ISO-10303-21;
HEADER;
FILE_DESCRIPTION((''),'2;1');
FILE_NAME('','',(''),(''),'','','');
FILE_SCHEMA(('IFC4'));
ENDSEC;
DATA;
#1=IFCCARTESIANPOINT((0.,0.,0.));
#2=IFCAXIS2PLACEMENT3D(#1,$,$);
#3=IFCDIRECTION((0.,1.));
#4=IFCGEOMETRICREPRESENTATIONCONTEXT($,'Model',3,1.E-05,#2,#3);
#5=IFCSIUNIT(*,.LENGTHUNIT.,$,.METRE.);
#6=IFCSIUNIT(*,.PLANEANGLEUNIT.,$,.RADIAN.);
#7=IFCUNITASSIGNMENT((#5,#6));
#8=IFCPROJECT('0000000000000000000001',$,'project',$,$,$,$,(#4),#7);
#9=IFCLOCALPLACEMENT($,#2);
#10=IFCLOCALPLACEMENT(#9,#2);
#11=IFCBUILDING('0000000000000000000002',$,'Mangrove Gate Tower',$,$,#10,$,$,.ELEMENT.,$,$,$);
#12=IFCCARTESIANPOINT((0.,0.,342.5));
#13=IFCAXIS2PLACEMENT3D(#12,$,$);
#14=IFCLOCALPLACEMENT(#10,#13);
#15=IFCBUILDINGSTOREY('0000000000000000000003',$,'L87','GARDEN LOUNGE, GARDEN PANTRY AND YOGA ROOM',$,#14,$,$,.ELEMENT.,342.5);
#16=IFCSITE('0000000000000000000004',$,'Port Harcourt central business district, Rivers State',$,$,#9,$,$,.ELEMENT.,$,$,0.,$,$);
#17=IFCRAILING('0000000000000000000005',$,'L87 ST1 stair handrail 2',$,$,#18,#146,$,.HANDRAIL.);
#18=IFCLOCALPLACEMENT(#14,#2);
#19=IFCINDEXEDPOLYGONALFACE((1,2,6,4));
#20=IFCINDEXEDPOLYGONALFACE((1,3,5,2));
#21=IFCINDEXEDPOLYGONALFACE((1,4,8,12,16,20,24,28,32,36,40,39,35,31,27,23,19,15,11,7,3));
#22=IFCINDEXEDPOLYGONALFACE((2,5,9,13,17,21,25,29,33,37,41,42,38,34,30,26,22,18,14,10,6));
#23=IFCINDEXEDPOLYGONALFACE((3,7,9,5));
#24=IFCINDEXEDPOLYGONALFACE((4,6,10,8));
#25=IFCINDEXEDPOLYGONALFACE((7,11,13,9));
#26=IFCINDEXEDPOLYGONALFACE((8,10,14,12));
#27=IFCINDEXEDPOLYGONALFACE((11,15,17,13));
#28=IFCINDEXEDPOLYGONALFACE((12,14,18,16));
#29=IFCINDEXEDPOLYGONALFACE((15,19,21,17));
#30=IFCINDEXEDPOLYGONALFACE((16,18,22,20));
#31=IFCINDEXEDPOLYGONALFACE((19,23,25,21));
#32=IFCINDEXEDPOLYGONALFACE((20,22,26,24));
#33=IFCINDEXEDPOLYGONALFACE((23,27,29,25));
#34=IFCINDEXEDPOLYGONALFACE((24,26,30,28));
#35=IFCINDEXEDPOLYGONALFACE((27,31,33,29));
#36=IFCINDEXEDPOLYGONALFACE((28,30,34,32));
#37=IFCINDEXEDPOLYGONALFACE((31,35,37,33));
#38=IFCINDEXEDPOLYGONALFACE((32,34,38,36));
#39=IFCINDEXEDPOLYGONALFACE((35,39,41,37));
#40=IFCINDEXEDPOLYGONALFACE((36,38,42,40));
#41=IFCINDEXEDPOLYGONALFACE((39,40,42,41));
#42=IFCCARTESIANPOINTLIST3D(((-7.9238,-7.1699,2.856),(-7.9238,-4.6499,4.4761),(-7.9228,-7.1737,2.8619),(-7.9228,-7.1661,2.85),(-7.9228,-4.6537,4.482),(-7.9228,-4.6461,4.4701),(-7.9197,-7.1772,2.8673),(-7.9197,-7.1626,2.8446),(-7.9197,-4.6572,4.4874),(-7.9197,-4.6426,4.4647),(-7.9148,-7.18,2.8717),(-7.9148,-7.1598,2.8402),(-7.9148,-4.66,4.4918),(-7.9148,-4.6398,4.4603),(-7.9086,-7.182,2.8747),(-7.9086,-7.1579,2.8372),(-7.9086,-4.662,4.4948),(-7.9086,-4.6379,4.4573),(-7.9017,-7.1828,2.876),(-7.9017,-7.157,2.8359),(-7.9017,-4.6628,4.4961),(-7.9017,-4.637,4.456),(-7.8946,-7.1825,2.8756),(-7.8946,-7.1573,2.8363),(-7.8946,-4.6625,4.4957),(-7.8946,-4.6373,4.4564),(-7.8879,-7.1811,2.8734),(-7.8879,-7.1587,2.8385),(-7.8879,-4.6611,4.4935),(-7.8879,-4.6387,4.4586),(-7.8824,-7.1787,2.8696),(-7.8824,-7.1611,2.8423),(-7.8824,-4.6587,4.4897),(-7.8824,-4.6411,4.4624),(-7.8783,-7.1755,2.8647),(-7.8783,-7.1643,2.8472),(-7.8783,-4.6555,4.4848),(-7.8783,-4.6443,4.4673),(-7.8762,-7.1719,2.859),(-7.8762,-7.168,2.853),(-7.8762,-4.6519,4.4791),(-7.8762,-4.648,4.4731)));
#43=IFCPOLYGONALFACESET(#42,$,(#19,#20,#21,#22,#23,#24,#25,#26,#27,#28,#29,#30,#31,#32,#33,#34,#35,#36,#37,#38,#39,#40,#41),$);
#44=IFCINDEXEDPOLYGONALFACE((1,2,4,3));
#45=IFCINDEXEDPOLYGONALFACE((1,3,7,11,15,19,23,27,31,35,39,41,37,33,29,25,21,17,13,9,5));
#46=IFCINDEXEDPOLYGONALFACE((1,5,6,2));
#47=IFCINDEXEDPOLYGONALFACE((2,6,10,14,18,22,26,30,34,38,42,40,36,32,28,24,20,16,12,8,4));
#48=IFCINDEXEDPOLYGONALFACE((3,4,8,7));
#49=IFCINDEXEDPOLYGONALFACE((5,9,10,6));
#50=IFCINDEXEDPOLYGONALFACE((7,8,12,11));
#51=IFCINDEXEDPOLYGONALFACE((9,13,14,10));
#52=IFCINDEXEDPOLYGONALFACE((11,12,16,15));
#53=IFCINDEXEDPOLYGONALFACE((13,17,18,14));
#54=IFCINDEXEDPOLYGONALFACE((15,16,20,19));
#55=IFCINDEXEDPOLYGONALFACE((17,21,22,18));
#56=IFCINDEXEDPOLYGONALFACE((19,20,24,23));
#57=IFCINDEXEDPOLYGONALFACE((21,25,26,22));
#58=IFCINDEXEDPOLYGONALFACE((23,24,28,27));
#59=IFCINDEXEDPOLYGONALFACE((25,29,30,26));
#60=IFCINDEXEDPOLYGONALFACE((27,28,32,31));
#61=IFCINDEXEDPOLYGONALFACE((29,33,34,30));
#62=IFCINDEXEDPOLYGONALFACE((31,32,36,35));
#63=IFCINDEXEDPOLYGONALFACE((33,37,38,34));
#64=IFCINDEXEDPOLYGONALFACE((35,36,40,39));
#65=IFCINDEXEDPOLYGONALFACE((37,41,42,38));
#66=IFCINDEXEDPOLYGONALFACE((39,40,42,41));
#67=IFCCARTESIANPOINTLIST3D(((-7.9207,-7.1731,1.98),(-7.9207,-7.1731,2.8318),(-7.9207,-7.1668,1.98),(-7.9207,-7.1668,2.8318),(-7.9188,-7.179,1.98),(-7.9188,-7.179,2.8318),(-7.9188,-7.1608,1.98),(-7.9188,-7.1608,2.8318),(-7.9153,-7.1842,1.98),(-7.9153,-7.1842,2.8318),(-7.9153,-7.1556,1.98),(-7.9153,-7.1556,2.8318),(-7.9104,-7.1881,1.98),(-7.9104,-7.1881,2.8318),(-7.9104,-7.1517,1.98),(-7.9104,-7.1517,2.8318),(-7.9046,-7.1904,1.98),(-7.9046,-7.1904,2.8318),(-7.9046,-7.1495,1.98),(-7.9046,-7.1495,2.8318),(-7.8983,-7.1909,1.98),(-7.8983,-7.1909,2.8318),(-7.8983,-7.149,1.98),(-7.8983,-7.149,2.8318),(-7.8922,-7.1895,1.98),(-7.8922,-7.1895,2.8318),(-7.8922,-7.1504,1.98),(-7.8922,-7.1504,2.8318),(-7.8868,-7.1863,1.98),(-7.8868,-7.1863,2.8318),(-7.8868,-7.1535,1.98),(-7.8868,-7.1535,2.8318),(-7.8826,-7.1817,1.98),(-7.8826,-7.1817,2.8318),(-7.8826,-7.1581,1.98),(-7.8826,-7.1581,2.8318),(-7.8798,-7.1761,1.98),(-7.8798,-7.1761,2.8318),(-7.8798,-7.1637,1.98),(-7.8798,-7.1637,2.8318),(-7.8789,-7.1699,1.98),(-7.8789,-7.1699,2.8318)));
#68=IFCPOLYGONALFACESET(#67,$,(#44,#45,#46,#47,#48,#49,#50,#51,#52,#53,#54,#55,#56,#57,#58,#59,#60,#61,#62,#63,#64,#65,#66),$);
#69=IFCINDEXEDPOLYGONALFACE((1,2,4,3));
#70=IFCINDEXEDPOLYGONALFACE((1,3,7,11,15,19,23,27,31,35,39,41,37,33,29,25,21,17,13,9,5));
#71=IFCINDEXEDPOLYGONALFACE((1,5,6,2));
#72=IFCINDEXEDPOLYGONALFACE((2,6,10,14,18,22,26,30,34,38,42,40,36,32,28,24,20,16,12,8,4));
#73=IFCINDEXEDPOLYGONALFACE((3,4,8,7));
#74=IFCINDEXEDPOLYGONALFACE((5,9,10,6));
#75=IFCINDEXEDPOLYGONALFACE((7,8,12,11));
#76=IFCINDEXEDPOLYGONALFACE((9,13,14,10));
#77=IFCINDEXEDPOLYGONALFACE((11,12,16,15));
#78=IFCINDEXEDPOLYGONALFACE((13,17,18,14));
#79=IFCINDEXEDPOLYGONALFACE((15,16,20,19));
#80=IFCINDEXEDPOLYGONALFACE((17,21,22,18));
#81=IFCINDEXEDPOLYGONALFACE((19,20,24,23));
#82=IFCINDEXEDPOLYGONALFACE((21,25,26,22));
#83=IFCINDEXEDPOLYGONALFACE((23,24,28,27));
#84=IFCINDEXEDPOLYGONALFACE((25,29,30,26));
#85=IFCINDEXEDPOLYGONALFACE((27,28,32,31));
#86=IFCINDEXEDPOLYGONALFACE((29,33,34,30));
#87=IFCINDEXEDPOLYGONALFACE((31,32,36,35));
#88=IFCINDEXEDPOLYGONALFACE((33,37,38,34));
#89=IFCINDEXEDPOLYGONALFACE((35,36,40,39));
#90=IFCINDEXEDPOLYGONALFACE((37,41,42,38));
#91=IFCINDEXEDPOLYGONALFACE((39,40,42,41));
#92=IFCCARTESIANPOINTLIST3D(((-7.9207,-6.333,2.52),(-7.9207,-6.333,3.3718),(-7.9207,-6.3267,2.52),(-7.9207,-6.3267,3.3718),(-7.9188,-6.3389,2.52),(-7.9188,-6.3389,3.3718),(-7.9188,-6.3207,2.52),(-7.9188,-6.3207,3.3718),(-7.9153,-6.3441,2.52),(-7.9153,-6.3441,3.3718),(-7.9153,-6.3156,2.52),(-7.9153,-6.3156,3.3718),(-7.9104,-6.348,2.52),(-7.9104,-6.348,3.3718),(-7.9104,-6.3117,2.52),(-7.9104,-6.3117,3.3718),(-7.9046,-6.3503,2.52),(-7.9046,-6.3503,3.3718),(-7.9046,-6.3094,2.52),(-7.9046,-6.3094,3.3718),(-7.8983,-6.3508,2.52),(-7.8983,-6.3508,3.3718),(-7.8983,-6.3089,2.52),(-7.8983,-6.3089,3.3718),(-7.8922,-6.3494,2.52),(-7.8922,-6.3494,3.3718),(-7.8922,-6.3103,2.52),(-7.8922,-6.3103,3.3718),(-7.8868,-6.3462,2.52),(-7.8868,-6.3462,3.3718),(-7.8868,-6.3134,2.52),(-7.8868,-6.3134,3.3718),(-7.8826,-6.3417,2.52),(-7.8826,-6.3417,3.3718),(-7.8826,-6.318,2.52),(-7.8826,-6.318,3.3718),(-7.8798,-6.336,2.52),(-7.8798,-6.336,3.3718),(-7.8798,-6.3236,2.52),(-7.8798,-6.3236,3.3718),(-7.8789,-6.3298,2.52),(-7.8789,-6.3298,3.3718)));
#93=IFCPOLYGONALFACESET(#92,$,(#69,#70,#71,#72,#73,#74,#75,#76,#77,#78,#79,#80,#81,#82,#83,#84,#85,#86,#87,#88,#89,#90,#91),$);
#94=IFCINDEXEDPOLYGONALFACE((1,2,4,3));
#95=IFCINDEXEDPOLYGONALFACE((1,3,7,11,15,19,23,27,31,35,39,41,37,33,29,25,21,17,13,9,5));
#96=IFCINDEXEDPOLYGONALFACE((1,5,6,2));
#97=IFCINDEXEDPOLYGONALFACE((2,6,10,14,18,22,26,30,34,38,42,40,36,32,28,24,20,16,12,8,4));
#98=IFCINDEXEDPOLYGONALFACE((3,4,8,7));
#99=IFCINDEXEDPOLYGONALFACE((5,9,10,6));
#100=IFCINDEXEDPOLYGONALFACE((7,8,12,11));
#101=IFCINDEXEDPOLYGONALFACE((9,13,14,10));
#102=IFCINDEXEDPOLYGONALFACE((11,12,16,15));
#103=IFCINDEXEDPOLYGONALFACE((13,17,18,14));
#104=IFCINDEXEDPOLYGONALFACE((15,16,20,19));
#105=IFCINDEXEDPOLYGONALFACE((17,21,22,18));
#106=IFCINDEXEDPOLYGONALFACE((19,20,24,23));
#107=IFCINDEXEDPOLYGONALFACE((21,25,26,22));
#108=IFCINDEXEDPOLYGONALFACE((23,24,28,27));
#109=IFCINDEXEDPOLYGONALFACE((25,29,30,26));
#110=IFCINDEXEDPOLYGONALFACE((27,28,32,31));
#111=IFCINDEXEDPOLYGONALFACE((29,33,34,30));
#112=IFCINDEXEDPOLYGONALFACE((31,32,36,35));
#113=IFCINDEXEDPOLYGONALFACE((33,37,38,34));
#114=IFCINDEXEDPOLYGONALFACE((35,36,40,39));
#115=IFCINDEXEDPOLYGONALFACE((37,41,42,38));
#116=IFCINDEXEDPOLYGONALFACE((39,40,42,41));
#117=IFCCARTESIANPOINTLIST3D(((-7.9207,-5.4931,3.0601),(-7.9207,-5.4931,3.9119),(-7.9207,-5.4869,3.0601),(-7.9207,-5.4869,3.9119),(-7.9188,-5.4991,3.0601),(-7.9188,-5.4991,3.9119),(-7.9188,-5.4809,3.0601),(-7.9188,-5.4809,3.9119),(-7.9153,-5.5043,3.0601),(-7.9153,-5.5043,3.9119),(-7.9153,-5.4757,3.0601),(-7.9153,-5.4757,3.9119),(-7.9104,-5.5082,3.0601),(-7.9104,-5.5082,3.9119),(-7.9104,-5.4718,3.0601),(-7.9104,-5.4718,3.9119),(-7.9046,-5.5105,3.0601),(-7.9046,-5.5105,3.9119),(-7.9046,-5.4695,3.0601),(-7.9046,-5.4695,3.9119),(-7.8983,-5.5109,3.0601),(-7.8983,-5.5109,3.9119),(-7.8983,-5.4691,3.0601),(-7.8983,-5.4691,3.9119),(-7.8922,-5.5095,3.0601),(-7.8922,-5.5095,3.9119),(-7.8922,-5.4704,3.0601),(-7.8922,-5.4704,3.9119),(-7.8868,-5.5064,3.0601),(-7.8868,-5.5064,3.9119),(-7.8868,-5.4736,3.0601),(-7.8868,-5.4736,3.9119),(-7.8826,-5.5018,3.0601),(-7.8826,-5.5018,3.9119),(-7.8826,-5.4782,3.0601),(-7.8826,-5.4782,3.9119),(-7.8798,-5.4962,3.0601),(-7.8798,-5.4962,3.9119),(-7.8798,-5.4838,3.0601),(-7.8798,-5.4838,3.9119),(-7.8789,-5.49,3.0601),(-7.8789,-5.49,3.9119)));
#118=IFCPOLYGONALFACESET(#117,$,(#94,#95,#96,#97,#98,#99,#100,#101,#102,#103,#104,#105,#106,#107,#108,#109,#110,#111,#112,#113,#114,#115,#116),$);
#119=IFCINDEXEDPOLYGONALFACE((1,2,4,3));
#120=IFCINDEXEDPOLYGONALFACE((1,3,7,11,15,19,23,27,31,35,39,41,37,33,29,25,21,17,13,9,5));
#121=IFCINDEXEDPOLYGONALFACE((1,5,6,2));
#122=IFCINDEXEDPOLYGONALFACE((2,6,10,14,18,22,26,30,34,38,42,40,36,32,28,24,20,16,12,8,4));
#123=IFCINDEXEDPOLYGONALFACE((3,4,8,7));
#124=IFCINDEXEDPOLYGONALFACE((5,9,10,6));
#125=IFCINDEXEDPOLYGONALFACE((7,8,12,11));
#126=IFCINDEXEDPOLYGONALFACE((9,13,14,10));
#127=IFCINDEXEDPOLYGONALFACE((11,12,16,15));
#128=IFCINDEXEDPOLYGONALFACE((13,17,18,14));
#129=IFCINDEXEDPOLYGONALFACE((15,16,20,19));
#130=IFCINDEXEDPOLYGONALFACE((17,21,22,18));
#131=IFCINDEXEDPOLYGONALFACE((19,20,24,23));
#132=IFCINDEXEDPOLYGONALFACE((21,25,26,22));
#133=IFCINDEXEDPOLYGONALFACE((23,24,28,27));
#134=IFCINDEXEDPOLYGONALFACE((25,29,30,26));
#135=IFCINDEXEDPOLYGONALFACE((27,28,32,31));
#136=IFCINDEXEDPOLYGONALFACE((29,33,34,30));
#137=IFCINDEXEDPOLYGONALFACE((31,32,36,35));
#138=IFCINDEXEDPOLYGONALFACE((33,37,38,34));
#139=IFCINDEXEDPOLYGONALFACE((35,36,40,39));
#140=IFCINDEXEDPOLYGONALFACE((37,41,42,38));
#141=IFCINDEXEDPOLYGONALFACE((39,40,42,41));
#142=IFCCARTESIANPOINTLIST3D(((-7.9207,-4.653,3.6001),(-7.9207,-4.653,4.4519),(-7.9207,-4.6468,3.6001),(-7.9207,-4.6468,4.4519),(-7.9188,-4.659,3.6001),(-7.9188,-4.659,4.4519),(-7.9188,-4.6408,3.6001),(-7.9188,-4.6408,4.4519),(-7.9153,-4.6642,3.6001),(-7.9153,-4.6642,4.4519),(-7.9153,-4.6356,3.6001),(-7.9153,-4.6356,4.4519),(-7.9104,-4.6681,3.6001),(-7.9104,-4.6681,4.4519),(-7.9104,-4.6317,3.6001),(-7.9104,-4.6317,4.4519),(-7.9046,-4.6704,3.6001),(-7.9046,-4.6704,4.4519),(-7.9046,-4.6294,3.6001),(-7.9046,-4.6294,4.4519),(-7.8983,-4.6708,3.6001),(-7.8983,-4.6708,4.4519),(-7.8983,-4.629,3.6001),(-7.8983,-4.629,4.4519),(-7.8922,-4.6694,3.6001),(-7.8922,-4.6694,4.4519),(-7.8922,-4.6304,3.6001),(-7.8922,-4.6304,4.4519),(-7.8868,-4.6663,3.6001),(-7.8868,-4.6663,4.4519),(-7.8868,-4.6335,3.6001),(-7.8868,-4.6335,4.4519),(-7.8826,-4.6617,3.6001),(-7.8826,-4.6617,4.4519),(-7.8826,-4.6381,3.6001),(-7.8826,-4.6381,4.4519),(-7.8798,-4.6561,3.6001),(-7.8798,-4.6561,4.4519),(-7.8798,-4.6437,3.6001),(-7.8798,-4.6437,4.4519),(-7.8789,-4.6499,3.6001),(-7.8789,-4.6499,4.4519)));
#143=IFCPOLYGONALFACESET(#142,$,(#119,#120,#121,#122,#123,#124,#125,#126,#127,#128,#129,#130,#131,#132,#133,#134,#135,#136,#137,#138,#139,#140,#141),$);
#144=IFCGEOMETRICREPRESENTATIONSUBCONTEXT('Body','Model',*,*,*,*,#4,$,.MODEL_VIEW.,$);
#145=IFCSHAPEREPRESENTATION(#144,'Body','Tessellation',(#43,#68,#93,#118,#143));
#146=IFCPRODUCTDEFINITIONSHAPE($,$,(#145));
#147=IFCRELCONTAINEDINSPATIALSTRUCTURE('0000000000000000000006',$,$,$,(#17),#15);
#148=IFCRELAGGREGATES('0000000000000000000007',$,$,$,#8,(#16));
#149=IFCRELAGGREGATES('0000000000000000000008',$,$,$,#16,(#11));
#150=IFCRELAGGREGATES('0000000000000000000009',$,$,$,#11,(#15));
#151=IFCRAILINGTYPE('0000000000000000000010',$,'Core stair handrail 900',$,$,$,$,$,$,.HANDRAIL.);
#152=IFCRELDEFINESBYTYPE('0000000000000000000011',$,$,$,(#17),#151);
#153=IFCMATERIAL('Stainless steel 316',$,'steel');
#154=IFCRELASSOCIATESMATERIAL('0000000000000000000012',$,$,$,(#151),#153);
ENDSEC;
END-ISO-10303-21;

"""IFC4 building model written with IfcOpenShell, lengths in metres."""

from ifc_helpers import new_model, si_unit, direction, frame, origin, origin_2d, place, context, subcontext, project, spatial, circle, extrude, material, type_object, element, save


model = new_model("IFC4")

# Units and contexts
model_context = context("Model", 3, precision=1e-05, world=origin(), true_north=direction((0.0, 1.0)))
body_context = subcontext(model_context, "Body", "Model", "MODEL_VIEW")
ifc_project = project(units=[si_unit("LENGTHUNIT", "METRE"), si_unit("PLANEANGLEUNIT", "RADIAN")], contexts=[model_context])

# Site, building, storey
site_placement = place(None, origin())
site = spatial("IfcSite", under=ifc_project, at=site_placement, Name="Port Harcourt central business district, Rivers State", CompositionType="ELEMENT", RefElevation=0.0)
building_placement = place(site_placement, origin())
building = spatial("IfcBuilding", under=site, at=building_placement, Name="Mangrove Gate Tower", CompositionType="ELEMENT")
storey_placement = place(building_placement, frame((0.0, 0.0, 342.5)))
storey = spatial("IfcBuildingStorey", under=building, at=storey_placement, Name="L87", Description="GARDEN LOUNGE, GARDEN PANTRY AND YOGA ROOM", CompositionType="ELEMENT", Elevation=342.5)

# Railing
ifc_material_1 = material(Name="Stainless steel 316", Category="steel")
railing_type_1 = type_object("IfcRailingType", Name="Core stair handrail 900", PredefinedType="HANDRAIL", material=ifc_material_1)
railing_1_placement = place(storey_placement, frame((-7.8999, -7.1699, 1.98)))
element("IfcRailing", 1, at=railing_1_placement, inside=storey, type_object=railing_type_1, Name="L87 ST1 stair handrail 2", PredefinedType="HANDRAIL", context=body_context, shape_type="SweptSolid", body=[
    extrude(circle(Radius=0.0239, at=origin_2d()), frame((0.0, 0.0, 0.876), z_axis=(0.0, 0.841163, 0.540782), x_axis=(-1.0, 0.0, 0.0)), (0.0, 0.0, 1.0), 2.9958),
    extrude(circle(Radius=0.021, at=origin_2d()), origin(), (0.0, 0.0, 1.0), 0.8518),
    extrude(circle(Radius=0.021, at=origin_2d()), frame((0.0, 0.8401, 0.54)), (0.0, 0.0, 1.0), 0.8518),
    extrude(circle(Radius=0.021, at=origin_2d()), frame((0.0, 1.6799, 1.0801)), (0.0, 0.0, 1.0), 0.8518),
    extrude(circle(Radius=0.021, at=origin_2d()), frame((0.0, 2.52, 1.6201)), (0.0, 0.0, 1.0), 0.8518),
])

save(model, "model.ifc")
